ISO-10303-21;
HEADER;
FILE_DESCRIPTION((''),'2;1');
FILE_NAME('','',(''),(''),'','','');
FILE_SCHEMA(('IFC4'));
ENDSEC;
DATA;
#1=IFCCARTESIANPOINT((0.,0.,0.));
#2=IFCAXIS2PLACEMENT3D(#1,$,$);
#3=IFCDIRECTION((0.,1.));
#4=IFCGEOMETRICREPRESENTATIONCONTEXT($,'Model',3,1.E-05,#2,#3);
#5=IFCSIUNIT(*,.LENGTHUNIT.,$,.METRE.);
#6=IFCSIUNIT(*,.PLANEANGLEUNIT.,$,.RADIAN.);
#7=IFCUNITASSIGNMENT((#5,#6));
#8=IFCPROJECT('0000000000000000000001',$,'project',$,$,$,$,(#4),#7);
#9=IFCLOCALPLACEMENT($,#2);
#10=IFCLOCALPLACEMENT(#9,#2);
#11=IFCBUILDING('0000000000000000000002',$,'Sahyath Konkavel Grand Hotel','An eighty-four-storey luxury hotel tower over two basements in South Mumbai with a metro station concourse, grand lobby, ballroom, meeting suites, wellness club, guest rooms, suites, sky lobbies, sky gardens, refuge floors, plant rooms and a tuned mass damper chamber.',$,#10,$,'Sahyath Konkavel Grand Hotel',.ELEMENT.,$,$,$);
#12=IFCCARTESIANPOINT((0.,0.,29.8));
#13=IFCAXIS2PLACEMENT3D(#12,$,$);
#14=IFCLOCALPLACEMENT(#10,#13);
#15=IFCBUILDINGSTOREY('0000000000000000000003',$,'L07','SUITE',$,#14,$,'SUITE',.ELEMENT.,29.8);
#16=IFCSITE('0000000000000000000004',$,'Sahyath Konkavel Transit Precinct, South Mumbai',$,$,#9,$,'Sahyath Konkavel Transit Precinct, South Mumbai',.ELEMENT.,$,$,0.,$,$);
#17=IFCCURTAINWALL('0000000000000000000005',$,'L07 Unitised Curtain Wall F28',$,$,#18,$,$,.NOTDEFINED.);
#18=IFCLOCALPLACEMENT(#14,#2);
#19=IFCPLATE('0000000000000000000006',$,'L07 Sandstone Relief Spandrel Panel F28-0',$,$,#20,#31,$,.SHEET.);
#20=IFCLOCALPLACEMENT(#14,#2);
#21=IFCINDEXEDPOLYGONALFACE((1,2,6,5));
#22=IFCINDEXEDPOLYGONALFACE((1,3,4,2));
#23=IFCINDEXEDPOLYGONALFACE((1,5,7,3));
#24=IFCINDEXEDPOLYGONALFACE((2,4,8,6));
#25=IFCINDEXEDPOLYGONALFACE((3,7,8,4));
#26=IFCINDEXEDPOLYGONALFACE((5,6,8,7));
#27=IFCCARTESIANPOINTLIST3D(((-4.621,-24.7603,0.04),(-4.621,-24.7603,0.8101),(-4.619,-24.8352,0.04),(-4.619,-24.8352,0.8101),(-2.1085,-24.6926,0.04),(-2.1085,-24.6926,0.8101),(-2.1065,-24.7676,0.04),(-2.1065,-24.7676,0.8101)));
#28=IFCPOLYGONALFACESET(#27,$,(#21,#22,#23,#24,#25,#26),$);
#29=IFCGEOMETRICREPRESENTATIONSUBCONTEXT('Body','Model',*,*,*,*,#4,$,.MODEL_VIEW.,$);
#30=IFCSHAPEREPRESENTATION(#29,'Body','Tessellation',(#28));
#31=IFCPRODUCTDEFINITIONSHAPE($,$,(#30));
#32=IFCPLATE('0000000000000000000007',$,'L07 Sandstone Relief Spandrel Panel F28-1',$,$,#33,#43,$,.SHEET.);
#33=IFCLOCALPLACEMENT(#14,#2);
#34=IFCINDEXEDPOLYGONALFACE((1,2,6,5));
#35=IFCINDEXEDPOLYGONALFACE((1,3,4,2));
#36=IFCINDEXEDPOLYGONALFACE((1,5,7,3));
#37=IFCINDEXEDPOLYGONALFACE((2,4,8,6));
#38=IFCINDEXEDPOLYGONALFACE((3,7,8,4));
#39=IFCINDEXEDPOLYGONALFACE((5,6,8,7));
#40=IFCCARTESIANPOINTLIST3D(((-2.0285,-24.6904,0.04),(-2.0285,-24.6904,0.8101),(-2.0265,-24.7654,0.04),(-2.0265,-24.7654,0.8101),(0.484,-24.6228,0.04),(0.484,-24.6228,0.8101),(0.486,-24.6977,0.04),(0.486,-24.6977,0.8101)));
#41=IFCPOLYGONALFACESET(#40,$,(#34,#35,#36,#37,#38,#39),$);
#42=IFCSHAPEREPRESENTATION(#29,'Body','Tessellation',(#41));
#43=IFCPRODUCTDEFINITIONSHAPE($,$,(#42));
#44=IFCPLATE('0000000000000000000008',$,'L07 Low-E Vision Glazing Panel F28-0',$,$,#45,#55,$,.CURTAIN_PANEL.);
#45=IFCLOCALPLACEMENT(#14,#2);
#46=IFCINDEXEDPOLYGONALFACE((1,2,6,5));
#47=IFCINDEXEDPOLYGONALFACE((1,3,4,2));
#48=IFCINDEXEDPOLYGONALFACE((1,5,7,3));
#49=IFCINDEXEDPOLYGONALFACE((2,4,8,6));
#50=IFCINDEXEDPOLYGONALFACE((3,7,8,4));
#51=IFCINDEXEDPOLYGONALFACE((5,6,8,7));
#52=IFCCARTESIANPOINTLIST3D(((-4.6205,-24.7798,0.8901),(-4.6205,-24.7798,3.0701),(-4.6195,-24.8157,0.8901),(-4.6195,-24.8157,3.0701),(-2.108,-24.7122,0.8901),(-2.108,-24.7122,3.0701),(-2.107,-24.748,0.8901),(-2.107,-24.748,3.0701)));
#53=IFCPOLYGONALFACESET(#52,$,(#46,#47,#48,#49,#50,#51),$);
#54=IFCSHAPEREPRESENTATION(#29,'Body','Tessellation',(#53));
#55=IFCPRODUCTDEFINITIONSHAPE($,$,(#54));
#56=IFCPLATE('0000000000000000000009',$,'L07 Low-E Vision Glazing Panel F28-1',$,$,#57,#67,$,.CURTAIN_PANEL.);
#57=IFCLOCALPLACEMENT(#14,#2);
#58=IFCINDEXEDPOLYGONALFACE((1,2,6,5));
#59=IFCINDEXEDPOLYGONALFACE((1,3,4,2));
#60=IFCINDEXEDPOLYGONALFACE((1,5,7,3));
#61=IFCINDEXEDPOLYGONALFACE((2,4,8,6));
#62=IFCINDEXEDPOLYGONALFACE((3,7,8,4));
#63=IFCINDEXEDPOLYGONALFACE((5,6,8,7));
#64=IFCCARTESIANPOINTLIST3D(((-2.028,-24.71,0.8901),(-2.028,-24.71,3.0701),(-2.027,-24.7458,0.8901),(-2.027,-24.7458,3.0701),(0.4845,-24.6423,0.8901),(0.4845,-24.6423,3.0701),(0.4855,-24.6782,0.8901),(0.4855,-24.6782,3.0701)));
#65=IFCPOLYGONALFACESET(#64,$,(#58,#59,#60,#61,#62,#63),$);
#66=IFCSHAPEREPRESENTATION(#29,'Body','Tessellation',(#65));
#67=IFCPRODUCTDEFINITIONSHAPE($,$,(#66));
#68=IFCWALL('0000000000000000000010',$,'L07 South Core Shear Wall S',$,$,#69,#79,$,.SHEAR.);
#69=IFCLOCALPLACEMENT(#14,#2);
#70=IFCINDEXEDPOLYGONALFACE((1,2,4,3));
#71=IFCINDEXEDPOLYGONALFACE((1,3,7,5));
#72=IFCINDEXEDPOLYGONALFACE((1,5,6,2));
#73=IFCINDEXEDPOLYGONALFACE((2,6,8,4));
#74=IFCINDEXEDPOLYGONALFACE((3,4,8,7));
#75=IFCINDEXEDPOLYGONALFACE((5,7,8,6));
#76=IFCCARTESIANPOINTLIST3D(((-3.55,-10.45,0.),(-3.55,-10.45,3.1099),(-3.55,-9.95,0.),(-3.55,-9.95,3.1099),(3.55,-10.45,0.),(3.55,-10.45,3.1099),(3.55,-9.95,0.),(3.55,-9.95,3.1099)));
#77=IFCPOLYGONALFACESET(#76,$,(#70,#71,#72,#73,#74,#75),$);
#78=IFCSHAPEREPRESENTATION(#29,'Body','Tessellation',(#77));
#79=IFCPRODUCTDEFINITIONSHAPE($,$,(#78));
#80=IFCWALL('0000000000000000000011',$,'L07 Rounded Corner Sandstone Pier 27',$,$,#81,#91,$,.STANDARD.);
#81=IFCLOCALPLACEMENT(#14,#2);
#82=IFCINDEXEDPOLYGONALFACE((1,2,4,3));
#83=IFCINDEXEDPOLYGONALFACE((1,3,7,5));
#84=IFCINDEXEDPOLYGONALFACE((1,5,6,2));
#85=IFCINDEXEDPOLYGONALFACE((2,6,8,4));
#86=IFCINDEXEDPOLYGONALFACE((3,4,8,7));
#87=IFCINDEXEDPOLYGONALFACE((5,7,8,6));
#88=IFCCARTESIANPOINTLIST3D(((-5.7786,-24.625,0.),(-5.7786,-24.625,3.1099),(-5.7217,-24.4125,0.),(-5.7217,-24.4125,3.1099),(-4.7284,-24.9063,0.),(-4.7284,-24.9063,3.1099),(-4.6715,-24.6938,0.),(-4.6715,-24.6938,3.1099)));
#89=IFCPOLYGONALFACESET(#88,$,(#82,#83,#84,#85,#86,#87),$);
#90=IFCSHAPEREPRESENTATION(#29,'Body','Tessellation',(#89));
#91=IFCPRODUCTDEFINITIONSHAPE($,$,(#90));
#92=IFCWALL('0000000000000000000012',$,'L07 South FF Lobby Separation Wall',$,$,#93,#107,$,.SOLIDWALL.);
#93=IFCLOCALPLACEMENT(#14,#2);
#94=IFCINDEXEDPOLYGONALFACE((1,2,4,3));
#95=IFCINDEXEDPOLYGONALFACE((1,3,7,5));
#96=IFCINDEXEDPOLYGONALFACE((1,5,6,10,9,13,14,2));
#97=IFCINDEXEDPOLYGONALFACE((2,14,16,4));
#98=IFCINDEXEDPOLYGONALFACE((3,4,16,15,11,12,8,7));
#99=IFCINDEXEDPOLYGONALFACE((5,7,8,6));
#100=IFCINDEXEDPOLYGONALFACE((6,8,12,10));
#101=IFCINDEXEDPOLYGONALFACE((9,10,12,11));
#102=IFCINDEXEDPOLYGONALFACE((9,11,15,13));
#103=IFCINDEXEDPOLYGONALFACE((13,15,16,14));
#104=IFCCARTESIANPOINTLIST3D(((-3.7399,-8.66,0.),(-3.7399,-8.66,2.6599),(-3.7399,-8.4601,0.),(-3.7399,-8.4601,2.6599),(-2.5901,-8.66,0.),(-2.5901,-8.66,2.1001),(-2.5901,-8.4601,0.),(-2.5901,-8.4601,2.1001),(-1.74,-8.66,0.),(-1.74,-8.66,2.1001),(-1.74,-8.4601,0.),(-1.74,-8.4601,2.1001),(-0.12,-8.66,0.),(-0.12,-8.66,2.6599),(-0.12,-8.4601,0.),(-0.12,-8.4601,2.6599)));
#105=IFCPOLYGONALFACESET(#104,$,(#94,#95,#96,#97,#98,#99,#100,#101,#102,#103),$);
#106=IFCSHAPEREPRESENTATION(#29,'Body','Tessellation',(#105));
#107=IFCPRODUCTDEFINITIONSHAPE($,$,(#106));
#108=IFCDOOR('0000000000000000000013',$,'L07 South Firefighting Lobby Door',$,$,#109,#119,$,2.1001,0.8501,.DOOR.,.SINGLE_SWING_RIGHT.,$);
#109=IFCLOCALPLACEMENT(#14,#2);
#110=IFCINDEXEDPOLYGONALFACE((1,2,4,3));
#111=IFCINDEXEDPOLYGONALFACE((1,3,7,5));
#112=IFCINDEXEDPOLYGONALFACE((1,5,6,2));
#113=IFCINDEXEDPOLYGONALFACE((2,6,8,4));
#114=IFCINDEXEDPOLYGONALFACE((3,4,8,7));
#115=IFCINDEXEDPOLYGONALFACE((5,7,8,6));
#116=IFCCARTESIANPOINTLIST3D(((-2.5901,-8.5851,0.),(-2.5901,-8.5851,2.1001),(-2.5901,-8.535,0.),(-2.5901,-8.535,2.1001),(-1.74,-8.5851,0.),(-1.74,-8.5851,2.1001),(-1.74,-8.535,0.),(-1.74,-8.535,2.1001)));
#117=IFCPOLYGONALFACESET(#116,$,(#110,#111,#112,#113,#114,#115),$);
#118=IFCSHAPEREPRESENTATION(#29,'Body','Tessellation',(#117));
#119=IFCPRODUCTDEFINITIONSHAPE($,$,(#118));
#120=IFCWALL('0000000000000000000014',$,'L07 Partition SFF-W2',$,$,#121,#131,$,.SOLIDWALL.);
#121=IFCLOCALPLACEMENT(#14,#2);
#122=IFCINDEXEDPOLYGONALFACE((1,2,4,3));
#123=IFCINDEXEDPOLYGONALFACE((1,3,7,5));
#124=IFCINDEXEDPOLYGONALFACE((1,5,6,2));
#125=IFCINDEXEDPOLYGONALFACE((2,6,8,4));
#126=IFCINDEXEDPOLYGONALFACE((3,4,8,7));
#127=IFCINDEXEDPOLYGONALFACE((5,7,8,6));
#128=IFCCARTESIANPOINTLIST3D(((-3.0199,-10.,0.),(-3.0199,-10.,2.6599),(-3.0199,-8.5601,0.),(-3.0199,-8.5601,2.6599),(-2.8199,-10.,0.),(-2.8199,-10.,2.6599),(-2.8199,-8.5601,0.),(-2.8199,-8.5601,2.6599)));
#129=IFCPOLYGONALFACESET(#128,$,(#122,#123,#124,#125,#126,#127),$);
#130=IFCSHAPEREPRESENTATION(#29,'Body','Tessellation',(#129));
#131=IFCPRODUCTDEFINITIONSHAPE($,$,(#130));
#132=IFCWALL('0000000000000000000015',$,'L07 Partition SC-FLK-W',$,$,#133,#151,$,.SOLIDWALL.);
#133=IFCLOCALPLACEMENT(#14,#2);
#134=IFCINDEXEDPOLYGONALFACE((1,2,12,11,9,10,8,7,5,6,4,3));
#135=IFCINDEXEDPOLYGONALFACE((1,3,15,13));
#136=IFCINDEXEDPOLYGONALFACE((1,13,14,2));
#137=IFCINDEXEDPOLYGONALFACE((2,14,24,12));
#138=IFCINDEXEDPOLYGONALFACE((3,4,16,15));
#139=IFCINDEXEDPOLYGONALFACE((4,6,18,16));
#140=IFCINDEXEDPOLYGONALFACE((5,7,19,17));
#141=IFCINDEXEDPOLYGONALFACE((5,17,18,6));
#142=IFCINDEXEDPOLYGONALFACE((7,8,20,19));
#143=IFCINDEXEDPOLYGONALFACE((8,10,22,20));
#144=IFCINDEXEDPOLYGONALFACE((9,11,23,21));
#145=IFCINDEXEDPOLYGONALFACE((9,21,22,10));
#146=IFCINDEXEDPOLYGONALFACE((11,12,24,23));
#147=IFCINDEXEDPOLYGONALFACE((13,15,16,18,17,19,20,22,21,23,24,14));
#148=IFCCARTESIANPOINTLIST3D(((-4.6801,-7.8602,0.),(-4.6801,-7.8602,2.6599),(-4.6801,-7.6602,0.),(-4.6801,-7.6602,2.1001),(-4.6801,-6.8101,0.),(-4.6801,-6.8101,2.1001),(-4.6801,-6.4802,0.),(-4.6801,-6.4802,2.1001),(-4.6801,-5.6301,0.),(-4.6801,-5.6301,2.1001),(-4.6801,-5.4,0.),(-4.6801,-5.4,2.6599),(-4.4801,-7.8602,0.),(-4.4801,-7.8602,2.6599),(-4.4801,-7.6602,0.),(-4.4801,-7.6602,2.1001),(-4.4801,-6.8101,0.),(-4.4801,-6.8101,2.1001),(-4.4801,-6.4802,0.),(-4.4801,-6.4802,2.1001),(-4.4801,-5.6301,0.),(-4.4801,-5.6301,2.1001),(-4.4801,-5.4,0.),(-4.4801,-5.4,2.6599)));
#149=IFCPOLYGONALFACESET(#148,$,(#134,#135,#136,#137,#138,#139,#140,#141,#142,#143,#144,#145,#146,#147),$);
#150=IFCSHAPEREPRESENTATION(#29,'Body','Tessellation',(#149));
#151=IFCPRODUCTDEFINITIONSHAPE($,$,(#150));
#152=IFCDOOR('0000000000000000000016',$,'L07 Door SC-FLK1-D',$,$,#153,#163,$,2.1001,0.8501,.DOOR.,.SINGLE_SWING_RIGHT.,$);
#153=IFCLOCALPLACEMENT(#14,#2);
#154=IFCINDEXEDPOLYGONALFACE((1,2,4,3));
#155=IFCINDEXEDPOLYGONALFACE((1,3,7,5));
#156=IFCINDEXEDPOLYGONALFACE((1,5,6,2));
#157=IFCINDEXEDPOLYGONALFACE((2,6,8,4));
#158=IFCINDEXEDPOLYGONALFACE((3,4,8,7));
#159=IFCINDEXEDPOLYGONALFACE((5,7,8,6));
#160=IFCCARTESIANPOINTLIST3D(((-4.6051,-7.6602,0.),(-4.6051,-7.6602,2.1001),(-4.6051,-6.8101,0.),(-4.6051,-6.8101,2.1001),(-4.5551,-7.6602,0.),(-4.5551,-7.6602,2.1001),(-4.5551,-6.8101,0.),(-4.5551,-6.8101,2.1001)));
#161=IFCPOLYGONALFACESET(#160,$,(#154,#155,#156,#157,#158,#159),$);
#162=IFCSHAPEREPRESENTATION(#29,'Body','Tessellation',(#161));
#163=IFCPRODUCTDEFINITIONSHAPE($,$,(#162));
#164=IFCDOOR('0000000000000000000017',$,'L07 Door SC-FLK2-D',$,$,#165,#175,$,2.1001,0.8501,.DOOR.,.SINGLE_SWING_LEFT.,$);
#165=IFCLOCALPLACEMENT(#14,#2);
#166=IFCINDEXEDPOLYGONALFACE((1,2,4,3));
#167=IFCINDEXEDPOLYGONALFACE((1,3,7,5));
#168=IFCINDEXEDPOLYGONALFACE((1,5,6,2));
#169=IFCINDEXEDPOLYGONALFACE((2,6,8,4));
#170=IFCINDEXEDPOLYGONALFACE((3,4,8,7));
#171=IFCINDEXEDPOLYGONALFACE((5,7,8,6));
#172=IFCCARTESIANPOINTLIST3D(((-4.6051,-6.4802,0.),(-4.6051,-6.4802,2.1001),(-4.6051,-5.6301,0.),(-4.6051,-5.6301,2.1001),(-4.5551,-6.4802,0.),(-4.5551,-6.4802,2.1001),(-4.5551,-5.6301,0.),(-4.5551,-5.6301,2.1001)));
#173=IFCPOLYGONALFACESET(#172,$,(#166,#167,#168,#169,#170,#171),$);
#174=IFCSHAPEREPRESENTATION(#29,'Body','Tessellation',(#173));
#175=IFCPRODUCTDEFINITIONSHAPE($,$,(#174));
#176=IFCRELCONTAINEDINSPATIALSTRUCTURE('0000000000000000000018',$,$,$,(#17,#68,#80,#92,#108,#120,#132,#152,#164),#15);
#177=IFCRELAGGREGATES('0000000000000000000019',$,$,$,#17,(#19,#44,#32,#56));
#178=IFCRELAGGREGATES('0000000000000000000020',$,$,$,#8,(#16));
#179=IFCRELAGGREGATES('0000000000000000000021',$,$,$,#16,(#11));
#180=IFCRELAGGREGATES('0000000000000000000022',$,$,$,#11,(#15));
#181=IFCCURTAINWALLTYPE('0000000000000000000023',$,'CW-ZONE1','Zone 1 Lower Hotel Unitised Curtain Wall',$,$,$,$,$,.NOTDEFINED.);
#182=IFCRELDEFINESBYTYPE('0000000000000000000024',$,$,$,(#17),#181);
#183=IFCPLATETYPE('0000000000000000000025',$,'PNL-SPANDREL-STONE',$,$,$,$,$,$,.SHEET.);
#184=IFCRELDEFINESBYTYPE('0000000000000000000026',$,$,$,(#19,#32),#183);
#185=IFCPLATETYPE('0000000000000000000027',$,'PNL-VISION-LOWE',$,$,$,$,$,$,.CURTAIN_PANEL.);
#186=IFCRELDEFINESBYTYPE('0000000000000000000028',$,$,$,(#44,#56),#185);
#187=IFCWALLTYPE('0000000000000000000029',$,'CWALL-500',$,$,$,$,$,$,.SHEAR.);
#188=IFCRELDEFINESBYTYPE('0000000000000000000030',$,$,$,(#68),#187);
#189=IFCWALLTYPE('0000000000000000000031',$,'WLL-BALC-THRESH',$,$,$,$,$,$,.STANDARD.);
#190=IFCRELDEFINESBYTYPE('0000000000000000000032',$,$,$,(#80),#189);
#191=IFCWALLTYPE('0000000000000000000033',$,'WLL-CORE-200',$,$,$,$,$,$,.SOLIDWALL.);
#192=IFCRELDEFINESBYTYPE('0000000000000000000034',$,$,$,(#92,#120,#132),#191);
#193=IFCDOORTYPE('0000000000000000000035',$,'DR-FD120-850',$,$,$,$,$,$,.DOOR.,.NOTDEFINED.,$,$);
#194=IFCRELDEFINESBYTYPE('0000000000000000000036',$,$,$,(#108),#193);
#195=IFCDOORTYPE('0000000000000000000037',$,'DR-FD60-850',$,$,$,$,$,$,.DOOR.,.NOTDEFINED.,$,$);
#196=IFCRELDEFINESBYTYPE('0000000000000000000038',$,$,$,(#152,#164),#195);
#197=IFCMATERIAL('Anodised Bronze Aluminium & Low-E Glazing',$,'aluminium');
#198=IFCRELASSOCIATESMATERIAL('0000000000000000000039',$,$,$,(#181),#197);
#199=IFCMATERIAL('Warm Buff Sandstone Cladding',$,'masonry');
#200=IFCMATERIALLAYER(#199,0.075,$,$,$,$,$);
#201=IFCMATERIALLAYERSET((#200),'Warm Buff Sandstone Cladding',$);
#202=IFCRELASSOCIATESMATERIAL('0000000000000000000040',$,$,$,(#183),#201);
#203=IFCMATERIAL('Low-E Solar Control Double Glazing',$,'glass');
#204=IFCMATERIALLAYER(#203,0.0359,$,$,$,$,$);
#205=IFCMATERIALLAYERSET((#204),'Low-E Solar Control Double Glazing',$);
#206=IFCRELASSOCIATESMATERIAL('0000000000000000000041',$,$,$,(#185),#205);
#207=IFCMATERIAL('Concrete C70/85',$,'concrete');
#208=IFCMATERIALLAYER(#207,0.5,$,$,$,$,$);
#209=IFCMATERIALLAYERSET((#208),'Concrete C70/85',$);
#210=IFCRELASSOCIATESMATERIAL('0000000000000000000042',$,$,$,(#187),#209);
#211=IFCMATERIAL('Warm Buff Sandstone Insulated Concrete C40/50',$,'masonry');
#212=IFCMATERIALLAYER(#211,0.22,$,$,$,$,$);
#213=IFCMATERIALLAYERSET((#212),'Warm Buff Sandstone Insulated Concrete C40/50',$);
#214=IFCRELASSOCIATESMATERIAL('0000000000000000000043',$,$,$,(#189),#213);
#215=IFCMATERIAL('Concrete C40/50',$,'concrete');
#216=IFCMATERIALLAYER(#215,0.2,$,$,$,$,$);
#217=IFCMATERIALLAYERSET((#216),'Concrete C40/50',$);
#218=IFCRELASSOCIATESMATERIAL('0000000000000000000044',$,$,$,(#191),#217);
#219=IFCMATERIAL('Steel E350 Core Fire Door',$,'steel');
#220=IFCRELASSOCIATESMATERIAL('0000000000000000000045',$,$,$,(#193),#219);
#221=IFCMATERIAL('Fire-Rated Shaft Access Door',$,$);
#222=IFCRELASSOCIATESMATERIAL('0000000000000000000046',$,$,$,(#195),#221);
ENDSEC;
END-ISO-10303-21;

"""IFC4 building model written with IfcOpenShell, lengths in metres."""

from ifc_helpers import new_model, si_unit, direction, frame, frame_2d, origin, origin_2d, place, context, subcontext, project, spatial, rectangle, extrude, source, transform, mapped, material, layer, layer_set, type_object, element, fill, aggregate, save


model = new_model("IFC4")

# Units and contexts
model_context = context("Model", 3, precision=1e-05, world=origin(), true_north=direction((0.0, 1.0)))
body_context = subcontext(model_context, "Body", "Model", "MODEL_VIEW")
ifc_project = project(units=[si_unit("LENGTHUNIT", "METRE"), si_unit("PLANEANGLEUNIT", "RADIAN")], contexts=[model_context])

# Site, building, storey
site_placement = place(None, origin())
site = spatial("IfcSite", under=ifc_project, at=site_placement, Name="Sahyath Konkavel Transit Precinct, South Mumbai", LongName="Sahyath Konkavel Transit Precinct, South Mumbai", CompositionType="ELEMENT", RefElevation=0.0)
building_placement = place(site_placement, origin())
building = spatial("IfcBuilding", under=site, at=building_placement, Name="Sahyath Konkavel Grand Hotel", Description="An eighty-four-storey luxury hotel tower over two basements in South Mumbai with a metro station concourse, grand lobby, ballroom, meeting suites, wellness club, guest rooms, suites, sky lobbies, sky gardens, refuge floors, plant rooms and a tuned mass damper chamber.", LongName="Sahyath Konkavel Grand Hotel", CompositionType="ELEMENT")
storey_placement = place(building_placement, frame((0.0, 0.0, 29.8)))
storey = spatial("IfcBuildingStorey", under=building, at=storey_placement, Name="L07", Description="SUITE", LongName="SUITE", CompositionType="ELEMENT", Elevation=29.8)

# Shared definitions
ifc_material_1 = material(Name="Concrete C70/85", Category="concrete")

# Curtain wall, plates
ifc_material_2 = material(Name="Anodised Bronze Aluminium & Low-E Glazing", Category="aluminium")
curtain_wall_type = type_object("IfcCurtainWallType", Name="CW-ZONE1", Description="Zone 1 Lower Hotel Unitised Curtain Wall", PredefinedType="NOTDEFINED", material=ifc_material_2)
curtain_wall_placement = place(storey_placement, origin())
curtain_wall = element("IfcCurtainWall", 1, at=curtain_wall_placement, inside=storey, type_object=curtain_wall_type, Name="L07 Unitised Curtain Wall F28", PredefinedType="NOTDEFINED")
ifc_material_3 = material(Name="Warm Buff Sandstone Cladding", Category="masonry")
ifc_layer_1 = layer(ifc_material_3, 0.075)
ifc_layer_set_1 = layer_set([ifc_layer_1], Name="Warm Buff Sandstone Cladding")
plate_type_1 = type_object("IfcPlateType", Name="PNL-SPANDREL-STONE", PredefinedType="SHEET", material=ifc_layer_set_1)
shared_shape_1 = source(origin(), body_context, "Body", "SweptSolid", [
    extrude(rectangle(XDim=2.5134, YDim=0.075, at=origin_2d()), origin(), (0.0, 0.0, 1.0), 0.77),
])
plate_1_placement = place(storey_placement, frame((-3.3638, -24.7639, 0.04), z_axis=(0.0, 0.0, 1.0), x_axis=(0.999638, 0.02691, 0.0)))
plate_1 = element("IfcPlate", 2, at=plate_1_placement, type_object=plate_type_1, Name="L07 Sandstone Relief Spandrel Panel F28-0", PredefinedType="SHEET", context=body_context, shape_type="MappedRepresentation", body=[
    mapped(shared_shape_1, transform((0.0, 0.0, 0.0), scale=1.0)),
])
plate_2_placement = place(storey_placement, frame((-0.7712, -24.6941, 0.04), z_axis=(0.0, 0.0, 1.0), x_axis=(0.999638, 0.02691, 0.0)))
plate_2 = element("IfcPlate", 3, at=plate_2_placement, type_object=plate_type_1, Name="L07 Sandstone Relief Spandrel Panel F28-1", PredefinedType="SHEET", context=body_context, shape_type="MappedRepresentation", body=[
    mapped(shared_shape_1, transform((0.0, 0.0, 0.0), scale=1.0)),
])
ifc_material_4 = material(Name="Low-E Solar Control Double Glazing", Category="glass")
ifc_layer_2 = layer(ifc_material_4, 0.0359)
ifc_layer_set_2 = layer_set([ifc_layer_2], Name="Low-E Solar Control Double Glazing")
plate_type_2 = type_object("IfcPlateType", Name="PNL-VISION-LOWE", PredefinedType="CURTAIN_PANEL", material=ifc_layer_set_2)
shared_shape_2 = source(origin(), body_context, "Body", "SweptSolid", [
    extrude(rectangle(XDim=2.5134, YDim=0.0359, at=origin_2d()), origin(), (0.0, 0.0, 1.0), 2.1799),
])
plate_3_placement = place(storey_placement, frame((-3.3638, -24.7639, 0.8901), z_axis=(0.0, 0.0, 1.0), x_axis=(0.999638, 0.02691, 0.0)))
plate_3 = element("IfcPlate", 4, at=plate_3_placement, type_object=plate_type_2, Name="L07 Low-E Vision Glazing Panel F28-0", PredefinedType="CURTAIN_PANEL", context=body_context, shape_type="MappedRepresentation", body=[
    mapped(shared_shape_2, transform((0.0, 0.0, 0.0), scale=1.0)),
])
plate_4_placement = place(storey_placement, frame((-0.7712, -24.6941, 0.8901), z_axis=(0.0, 0.0, 1.0), x_axis=(0.999638, 0.02691, 0.0)))
plate_4 = element("IfcPlate", 5, at=plate_4_placement, type_object=plate_type_2, Name="L07 Low-E Vision Glazing Panel F28-1", PredefinedType="CURTAIN_PANEL", context=body_context, shape_type="MappedRepresentation", body=[
    mapped(shared_shape_2, transform((0.0, 0.0, 0.0), scale=1.0)),
])
aggregate(curtain_wall, [plate_1, plate_3, plate_2, plate_4])

# Walls
ifc_layer_3 = layer(ifc_material_1, 0.5)
ifc_layer_set_3 = layer_set([ifc_layer_3], Name="Concrete C70/85")
wall_type_1 = type_object("IfcWallType", Name="CWALL-500", PredefinedType="SHEAR", material=ifc_layer_set_3)
wall_1_placement = place(storey_placement, frame((-3.55, -10.2, 0.0), z_axis=(0.0, 0.0, 1.0), x_axis=(1.0, 0.0, 0.0)))
element("IfcWall", 6, at=wall_1_placement, inside=storey, type_object=wall_type_1, Name="L07 South Core Shear Wall S", PredefinedType="SHEAR", context=body_context, shape_type="SweptSolid", body=[
    extrude(rectangle(XDim=7.1001, YDim=0.5, at=frame_2d((3.55, 0.0))), origin(), (0.0, 0.0, 1.0), 3.1099),
])
ifc_material_5 = material(Name="Warm Buff Sandstone Insulated Concrete C40/50", Category="masonry")
ifc_layer_4 = layer(ifc_material_5, 0.22)
ifc_layer_set_4 = layer_set([ifc_layer_4], Name="Warm Buff Sandstone Insulated Concrete C40/50")
wall_type_2 = type_object("IfcWallType", Name="WLL-BALC-THRESH", PredefinedType="STANDARD", material=ifc_layer_set_4)
wall_2_placement = place(storey_placement, frame((-5.75, -24.5188, 0.0), z_axis=(0.0, 0.0, 1.0), x_axis=(0.965951, -0.258725, 0.0)))
element("IfcWall", 7, at=wall_2_placement, inside=storey, type_object=wall_type_2, Name="L07 Rounded Corner Sandstone Pier 27", PredefinedType="STANDARD", context=body_context, shape_type="SweptSolid", body=[
    extrude(rectangle(XDim=1.0872, YDim=0.22, at=frame_2d((0.5435, 0.0))), origin(), (0.0, 0.0, 1.0), 3.1099),
])

# Wall, opening, door
ifc_material_6 = material(Name="Concrete C40/50", Category="concrete")
ifc_layer_5 = layer(ifc_material_6, 0.2)
ifc_layer_set_5 = layer_set([ifc_layer_5], Name="Concrete C40/50")
wall_type_3 = type_object("IfcWallType", Name="WLL-CORE-200", PredefinedType="SOLIDWALL", material=ifc_layer_set_5)
wall_3_placement = place(storey_placement, frame((-3.74, -8.5601, 0.0), z_axis=(0.0, 0.0, 1.0), x_axis=(1.0, 0.0, 0.0)))
wall_3 = element("IfcWall", 8, at=wall_3_placement, inside=storey, type_object=wall_type_3, Name="L07 South FF Lobby Separation Wall", PredefinedType="SOLIDWALL", context=body_context, shape_type="SweptSolid", body=[
    extrude(rectangle(XDim=3.6199, YDim=0.2, at=frame_2d((1.8101, 0.0))), origin(), (0.0, 0.0, 1.0), 2.6599),
])
opening_1_placement = place(wall_3_placement, frame((1.1499, 0.0, 0.0)))
opening_1 = element("IfcOpeningElement", 9, at=opening_1_placement, cuts=wall_3, PredefinedType="OPENING", context=body_context, shape_type="SweptSolid", body=[
    extrude(rectangle(XDim=0.8501, YDim=2.1001, at=frame_2d((0.425, 1.05))), frame((0.0, 0.1099, 0.0), z_axis=(0.0, -1.0, 0.0), x_axis=(1.0, 0.0, 0.0)), (0.0, 0.0, 1.0), 0.22),
])
ifc_material_7 = material(Name="Steel E350 Core Fire Door", Category="steel")
door_type_1 = type_object("IfcDoorType", Name="DR-FD120-850", OperationType="NOTDEFINED", PredefinedType="DOOR", material=ifc_material_7)
shared_shape_3 = source(origin(), body_context, "Body", "SweptSolid", [
    extrude(rectangle(XDim=0.8501, YDim=0.05, at=origin_2d()), origin(), (0.0, 0.0, 1.0), 2.1001),
])
door_1_placement = place(opening_1_placement, frame((0.425, 0.0, 0.0)))
door_1 = element("IfcDoor", 10, at=door_1_placement, inside=storey, type_object=door_type_1, Name="L07 South Firefighting Lobby Door", OperationType="SINGLE_SWING_RIGHT", OverallHeight=2.1001, OverallWidth=0.8501, PredefinedType="DOOR", context=body_context, shape_type="MappedRepresentation", body=[
    mapped(shared_shape_3, transform((0.0, 0.0, 0.0), scale=1.0)),
])
fill(opening_1, door_1)

# Wall
wall_4_placement = place(storey_placement, frame((-2.9199, -10.0, 0.0), z_axis=(0.0, 0.0, 1.0), x_axis=(0.0, 1.0, 0.0)))
element("IfcWall", 11, at=wall_4_placement, inside=storey, type_object=wall_type_3, Name="L07 Partition SFF-W2", PredefinedType="SOLIDWALL", context=body_context, shape_type="SweptSolid", body=[
    extrude(rectangle(XDim=1.4399, YDim=0.2, at=frame_2d((0.72, 0.0))), origin(), (0.0, 0.0, 1.0), 2.6599),
])

# Wall, openings, doors
wall_5_placement = place(storey_placement, frame((-4.5801, -7.8601, 0.0), z_axis=(0.0, 0.0, 1.0), x_axis=(0.0, 1.0, 0.0)))
wall_5 = element("IfcWall", 12, at=wall_5_placement, inside=storey, type_object=wall_type_3, Name="L07 Partition SC-FLK-W", PredefinedType="SOLIDWALL", context=body_context, shape_type="SweptSolid", body=[
    extrude(rectangle(XDim=2.4602, YDim=0.2, at=frame_2d((1.23, 0.0))), origin(), (0.0, 0.0, 1.0), 2.6599),
])
opening_2_placement = place(wall_5_placement, frame((0.2, 0.0, 0.0)))
opening_2 = element("IfcOpeningElement", 13, at=opening_2_placement, cuts=wall_5, PredefinedType="OPENING", context=body_context, shape_type="SweptSolid", body=[
    extrude(rectangle(XDim=0.8501, YDim=2.1001, at=frame_2d((0.425, 1.05))), frame((0.0, 0.1099, 0.0), z_axis=(0.0, -1.0, 0.0), x_axis=(1.0, 0.0, 0.0)), (0.0, 0.0, 1.0), 0.22),
])
opening_3_placement = place(wall_5_placement, frame((1.3799, 0.0, 0.0)))
opening_3 = element("IfcOpeningElement", 14, at=opening_3_placement, cuts=wall_5, PredefinedType="OPENING", context=body_context, shape_type="SweptSolid", body=[
    extrude(rectangle(XDim=0.8501, YDim=2.1001, at=frame_2d((0.425, 1.05))), frame((0.0, 0.1099, 0.0), z_axis=(0.0, -1.0, 0.0), x_axis=(1.0, 0.0, 0.0)), (0.0, 0.0, 1.0), 0.22),
])
ifc_material_8 = material(Name="Fire-Rated Shaft Access Door")
door_type_2 = type_object("IfcDoorType", Name="DR-FD60-850", OperationType="NOTDEFINED", PredefinedType="DOOR", material=ifc_material_8)
door_2_placement = place(opening_2_placement, frame((0.425, 0.0, 0.0)))
door_2 = element("IfcDoor", 15, at=door_2_placement, inside=storey, type_object=door_type_2, Name="L07 Door SC-FLK1-D", OperationType="SINGLE_SWING_RIGHT", OverallHeight=2.1001, OverallWidth=0.8501, PredefinedType="DOOR", context=body_context, shape_type="MappedRepresentation", body=[
    mapped(shared_shape_3, transform((0.0, 0.0, 0.0), scale=1.0)),
])
fill(opening_2, door_2)
door_3_placement = place(opening_3_placement, frame((0.425, 0.0, 0.0)))
door_3 = element("IfcDoor", 16, at=door_3_placement, inside=storey, type_object=door_type_2, Name="L07 Door SC-FLK2-D", OperationType="SINGLE_SWING_LEFT", OverallHeight=2.1001, OverallWidth=0.8501, PredefinedType="DOOR", context=body_context, shape_type="MappedRepresentation", body=[
    mapped(shared_shape_3, transform((0.0, 0.0, 0.0), scale=1.0)),
])
fill(opening_3, door_3)

save(model, "model.ifc")
